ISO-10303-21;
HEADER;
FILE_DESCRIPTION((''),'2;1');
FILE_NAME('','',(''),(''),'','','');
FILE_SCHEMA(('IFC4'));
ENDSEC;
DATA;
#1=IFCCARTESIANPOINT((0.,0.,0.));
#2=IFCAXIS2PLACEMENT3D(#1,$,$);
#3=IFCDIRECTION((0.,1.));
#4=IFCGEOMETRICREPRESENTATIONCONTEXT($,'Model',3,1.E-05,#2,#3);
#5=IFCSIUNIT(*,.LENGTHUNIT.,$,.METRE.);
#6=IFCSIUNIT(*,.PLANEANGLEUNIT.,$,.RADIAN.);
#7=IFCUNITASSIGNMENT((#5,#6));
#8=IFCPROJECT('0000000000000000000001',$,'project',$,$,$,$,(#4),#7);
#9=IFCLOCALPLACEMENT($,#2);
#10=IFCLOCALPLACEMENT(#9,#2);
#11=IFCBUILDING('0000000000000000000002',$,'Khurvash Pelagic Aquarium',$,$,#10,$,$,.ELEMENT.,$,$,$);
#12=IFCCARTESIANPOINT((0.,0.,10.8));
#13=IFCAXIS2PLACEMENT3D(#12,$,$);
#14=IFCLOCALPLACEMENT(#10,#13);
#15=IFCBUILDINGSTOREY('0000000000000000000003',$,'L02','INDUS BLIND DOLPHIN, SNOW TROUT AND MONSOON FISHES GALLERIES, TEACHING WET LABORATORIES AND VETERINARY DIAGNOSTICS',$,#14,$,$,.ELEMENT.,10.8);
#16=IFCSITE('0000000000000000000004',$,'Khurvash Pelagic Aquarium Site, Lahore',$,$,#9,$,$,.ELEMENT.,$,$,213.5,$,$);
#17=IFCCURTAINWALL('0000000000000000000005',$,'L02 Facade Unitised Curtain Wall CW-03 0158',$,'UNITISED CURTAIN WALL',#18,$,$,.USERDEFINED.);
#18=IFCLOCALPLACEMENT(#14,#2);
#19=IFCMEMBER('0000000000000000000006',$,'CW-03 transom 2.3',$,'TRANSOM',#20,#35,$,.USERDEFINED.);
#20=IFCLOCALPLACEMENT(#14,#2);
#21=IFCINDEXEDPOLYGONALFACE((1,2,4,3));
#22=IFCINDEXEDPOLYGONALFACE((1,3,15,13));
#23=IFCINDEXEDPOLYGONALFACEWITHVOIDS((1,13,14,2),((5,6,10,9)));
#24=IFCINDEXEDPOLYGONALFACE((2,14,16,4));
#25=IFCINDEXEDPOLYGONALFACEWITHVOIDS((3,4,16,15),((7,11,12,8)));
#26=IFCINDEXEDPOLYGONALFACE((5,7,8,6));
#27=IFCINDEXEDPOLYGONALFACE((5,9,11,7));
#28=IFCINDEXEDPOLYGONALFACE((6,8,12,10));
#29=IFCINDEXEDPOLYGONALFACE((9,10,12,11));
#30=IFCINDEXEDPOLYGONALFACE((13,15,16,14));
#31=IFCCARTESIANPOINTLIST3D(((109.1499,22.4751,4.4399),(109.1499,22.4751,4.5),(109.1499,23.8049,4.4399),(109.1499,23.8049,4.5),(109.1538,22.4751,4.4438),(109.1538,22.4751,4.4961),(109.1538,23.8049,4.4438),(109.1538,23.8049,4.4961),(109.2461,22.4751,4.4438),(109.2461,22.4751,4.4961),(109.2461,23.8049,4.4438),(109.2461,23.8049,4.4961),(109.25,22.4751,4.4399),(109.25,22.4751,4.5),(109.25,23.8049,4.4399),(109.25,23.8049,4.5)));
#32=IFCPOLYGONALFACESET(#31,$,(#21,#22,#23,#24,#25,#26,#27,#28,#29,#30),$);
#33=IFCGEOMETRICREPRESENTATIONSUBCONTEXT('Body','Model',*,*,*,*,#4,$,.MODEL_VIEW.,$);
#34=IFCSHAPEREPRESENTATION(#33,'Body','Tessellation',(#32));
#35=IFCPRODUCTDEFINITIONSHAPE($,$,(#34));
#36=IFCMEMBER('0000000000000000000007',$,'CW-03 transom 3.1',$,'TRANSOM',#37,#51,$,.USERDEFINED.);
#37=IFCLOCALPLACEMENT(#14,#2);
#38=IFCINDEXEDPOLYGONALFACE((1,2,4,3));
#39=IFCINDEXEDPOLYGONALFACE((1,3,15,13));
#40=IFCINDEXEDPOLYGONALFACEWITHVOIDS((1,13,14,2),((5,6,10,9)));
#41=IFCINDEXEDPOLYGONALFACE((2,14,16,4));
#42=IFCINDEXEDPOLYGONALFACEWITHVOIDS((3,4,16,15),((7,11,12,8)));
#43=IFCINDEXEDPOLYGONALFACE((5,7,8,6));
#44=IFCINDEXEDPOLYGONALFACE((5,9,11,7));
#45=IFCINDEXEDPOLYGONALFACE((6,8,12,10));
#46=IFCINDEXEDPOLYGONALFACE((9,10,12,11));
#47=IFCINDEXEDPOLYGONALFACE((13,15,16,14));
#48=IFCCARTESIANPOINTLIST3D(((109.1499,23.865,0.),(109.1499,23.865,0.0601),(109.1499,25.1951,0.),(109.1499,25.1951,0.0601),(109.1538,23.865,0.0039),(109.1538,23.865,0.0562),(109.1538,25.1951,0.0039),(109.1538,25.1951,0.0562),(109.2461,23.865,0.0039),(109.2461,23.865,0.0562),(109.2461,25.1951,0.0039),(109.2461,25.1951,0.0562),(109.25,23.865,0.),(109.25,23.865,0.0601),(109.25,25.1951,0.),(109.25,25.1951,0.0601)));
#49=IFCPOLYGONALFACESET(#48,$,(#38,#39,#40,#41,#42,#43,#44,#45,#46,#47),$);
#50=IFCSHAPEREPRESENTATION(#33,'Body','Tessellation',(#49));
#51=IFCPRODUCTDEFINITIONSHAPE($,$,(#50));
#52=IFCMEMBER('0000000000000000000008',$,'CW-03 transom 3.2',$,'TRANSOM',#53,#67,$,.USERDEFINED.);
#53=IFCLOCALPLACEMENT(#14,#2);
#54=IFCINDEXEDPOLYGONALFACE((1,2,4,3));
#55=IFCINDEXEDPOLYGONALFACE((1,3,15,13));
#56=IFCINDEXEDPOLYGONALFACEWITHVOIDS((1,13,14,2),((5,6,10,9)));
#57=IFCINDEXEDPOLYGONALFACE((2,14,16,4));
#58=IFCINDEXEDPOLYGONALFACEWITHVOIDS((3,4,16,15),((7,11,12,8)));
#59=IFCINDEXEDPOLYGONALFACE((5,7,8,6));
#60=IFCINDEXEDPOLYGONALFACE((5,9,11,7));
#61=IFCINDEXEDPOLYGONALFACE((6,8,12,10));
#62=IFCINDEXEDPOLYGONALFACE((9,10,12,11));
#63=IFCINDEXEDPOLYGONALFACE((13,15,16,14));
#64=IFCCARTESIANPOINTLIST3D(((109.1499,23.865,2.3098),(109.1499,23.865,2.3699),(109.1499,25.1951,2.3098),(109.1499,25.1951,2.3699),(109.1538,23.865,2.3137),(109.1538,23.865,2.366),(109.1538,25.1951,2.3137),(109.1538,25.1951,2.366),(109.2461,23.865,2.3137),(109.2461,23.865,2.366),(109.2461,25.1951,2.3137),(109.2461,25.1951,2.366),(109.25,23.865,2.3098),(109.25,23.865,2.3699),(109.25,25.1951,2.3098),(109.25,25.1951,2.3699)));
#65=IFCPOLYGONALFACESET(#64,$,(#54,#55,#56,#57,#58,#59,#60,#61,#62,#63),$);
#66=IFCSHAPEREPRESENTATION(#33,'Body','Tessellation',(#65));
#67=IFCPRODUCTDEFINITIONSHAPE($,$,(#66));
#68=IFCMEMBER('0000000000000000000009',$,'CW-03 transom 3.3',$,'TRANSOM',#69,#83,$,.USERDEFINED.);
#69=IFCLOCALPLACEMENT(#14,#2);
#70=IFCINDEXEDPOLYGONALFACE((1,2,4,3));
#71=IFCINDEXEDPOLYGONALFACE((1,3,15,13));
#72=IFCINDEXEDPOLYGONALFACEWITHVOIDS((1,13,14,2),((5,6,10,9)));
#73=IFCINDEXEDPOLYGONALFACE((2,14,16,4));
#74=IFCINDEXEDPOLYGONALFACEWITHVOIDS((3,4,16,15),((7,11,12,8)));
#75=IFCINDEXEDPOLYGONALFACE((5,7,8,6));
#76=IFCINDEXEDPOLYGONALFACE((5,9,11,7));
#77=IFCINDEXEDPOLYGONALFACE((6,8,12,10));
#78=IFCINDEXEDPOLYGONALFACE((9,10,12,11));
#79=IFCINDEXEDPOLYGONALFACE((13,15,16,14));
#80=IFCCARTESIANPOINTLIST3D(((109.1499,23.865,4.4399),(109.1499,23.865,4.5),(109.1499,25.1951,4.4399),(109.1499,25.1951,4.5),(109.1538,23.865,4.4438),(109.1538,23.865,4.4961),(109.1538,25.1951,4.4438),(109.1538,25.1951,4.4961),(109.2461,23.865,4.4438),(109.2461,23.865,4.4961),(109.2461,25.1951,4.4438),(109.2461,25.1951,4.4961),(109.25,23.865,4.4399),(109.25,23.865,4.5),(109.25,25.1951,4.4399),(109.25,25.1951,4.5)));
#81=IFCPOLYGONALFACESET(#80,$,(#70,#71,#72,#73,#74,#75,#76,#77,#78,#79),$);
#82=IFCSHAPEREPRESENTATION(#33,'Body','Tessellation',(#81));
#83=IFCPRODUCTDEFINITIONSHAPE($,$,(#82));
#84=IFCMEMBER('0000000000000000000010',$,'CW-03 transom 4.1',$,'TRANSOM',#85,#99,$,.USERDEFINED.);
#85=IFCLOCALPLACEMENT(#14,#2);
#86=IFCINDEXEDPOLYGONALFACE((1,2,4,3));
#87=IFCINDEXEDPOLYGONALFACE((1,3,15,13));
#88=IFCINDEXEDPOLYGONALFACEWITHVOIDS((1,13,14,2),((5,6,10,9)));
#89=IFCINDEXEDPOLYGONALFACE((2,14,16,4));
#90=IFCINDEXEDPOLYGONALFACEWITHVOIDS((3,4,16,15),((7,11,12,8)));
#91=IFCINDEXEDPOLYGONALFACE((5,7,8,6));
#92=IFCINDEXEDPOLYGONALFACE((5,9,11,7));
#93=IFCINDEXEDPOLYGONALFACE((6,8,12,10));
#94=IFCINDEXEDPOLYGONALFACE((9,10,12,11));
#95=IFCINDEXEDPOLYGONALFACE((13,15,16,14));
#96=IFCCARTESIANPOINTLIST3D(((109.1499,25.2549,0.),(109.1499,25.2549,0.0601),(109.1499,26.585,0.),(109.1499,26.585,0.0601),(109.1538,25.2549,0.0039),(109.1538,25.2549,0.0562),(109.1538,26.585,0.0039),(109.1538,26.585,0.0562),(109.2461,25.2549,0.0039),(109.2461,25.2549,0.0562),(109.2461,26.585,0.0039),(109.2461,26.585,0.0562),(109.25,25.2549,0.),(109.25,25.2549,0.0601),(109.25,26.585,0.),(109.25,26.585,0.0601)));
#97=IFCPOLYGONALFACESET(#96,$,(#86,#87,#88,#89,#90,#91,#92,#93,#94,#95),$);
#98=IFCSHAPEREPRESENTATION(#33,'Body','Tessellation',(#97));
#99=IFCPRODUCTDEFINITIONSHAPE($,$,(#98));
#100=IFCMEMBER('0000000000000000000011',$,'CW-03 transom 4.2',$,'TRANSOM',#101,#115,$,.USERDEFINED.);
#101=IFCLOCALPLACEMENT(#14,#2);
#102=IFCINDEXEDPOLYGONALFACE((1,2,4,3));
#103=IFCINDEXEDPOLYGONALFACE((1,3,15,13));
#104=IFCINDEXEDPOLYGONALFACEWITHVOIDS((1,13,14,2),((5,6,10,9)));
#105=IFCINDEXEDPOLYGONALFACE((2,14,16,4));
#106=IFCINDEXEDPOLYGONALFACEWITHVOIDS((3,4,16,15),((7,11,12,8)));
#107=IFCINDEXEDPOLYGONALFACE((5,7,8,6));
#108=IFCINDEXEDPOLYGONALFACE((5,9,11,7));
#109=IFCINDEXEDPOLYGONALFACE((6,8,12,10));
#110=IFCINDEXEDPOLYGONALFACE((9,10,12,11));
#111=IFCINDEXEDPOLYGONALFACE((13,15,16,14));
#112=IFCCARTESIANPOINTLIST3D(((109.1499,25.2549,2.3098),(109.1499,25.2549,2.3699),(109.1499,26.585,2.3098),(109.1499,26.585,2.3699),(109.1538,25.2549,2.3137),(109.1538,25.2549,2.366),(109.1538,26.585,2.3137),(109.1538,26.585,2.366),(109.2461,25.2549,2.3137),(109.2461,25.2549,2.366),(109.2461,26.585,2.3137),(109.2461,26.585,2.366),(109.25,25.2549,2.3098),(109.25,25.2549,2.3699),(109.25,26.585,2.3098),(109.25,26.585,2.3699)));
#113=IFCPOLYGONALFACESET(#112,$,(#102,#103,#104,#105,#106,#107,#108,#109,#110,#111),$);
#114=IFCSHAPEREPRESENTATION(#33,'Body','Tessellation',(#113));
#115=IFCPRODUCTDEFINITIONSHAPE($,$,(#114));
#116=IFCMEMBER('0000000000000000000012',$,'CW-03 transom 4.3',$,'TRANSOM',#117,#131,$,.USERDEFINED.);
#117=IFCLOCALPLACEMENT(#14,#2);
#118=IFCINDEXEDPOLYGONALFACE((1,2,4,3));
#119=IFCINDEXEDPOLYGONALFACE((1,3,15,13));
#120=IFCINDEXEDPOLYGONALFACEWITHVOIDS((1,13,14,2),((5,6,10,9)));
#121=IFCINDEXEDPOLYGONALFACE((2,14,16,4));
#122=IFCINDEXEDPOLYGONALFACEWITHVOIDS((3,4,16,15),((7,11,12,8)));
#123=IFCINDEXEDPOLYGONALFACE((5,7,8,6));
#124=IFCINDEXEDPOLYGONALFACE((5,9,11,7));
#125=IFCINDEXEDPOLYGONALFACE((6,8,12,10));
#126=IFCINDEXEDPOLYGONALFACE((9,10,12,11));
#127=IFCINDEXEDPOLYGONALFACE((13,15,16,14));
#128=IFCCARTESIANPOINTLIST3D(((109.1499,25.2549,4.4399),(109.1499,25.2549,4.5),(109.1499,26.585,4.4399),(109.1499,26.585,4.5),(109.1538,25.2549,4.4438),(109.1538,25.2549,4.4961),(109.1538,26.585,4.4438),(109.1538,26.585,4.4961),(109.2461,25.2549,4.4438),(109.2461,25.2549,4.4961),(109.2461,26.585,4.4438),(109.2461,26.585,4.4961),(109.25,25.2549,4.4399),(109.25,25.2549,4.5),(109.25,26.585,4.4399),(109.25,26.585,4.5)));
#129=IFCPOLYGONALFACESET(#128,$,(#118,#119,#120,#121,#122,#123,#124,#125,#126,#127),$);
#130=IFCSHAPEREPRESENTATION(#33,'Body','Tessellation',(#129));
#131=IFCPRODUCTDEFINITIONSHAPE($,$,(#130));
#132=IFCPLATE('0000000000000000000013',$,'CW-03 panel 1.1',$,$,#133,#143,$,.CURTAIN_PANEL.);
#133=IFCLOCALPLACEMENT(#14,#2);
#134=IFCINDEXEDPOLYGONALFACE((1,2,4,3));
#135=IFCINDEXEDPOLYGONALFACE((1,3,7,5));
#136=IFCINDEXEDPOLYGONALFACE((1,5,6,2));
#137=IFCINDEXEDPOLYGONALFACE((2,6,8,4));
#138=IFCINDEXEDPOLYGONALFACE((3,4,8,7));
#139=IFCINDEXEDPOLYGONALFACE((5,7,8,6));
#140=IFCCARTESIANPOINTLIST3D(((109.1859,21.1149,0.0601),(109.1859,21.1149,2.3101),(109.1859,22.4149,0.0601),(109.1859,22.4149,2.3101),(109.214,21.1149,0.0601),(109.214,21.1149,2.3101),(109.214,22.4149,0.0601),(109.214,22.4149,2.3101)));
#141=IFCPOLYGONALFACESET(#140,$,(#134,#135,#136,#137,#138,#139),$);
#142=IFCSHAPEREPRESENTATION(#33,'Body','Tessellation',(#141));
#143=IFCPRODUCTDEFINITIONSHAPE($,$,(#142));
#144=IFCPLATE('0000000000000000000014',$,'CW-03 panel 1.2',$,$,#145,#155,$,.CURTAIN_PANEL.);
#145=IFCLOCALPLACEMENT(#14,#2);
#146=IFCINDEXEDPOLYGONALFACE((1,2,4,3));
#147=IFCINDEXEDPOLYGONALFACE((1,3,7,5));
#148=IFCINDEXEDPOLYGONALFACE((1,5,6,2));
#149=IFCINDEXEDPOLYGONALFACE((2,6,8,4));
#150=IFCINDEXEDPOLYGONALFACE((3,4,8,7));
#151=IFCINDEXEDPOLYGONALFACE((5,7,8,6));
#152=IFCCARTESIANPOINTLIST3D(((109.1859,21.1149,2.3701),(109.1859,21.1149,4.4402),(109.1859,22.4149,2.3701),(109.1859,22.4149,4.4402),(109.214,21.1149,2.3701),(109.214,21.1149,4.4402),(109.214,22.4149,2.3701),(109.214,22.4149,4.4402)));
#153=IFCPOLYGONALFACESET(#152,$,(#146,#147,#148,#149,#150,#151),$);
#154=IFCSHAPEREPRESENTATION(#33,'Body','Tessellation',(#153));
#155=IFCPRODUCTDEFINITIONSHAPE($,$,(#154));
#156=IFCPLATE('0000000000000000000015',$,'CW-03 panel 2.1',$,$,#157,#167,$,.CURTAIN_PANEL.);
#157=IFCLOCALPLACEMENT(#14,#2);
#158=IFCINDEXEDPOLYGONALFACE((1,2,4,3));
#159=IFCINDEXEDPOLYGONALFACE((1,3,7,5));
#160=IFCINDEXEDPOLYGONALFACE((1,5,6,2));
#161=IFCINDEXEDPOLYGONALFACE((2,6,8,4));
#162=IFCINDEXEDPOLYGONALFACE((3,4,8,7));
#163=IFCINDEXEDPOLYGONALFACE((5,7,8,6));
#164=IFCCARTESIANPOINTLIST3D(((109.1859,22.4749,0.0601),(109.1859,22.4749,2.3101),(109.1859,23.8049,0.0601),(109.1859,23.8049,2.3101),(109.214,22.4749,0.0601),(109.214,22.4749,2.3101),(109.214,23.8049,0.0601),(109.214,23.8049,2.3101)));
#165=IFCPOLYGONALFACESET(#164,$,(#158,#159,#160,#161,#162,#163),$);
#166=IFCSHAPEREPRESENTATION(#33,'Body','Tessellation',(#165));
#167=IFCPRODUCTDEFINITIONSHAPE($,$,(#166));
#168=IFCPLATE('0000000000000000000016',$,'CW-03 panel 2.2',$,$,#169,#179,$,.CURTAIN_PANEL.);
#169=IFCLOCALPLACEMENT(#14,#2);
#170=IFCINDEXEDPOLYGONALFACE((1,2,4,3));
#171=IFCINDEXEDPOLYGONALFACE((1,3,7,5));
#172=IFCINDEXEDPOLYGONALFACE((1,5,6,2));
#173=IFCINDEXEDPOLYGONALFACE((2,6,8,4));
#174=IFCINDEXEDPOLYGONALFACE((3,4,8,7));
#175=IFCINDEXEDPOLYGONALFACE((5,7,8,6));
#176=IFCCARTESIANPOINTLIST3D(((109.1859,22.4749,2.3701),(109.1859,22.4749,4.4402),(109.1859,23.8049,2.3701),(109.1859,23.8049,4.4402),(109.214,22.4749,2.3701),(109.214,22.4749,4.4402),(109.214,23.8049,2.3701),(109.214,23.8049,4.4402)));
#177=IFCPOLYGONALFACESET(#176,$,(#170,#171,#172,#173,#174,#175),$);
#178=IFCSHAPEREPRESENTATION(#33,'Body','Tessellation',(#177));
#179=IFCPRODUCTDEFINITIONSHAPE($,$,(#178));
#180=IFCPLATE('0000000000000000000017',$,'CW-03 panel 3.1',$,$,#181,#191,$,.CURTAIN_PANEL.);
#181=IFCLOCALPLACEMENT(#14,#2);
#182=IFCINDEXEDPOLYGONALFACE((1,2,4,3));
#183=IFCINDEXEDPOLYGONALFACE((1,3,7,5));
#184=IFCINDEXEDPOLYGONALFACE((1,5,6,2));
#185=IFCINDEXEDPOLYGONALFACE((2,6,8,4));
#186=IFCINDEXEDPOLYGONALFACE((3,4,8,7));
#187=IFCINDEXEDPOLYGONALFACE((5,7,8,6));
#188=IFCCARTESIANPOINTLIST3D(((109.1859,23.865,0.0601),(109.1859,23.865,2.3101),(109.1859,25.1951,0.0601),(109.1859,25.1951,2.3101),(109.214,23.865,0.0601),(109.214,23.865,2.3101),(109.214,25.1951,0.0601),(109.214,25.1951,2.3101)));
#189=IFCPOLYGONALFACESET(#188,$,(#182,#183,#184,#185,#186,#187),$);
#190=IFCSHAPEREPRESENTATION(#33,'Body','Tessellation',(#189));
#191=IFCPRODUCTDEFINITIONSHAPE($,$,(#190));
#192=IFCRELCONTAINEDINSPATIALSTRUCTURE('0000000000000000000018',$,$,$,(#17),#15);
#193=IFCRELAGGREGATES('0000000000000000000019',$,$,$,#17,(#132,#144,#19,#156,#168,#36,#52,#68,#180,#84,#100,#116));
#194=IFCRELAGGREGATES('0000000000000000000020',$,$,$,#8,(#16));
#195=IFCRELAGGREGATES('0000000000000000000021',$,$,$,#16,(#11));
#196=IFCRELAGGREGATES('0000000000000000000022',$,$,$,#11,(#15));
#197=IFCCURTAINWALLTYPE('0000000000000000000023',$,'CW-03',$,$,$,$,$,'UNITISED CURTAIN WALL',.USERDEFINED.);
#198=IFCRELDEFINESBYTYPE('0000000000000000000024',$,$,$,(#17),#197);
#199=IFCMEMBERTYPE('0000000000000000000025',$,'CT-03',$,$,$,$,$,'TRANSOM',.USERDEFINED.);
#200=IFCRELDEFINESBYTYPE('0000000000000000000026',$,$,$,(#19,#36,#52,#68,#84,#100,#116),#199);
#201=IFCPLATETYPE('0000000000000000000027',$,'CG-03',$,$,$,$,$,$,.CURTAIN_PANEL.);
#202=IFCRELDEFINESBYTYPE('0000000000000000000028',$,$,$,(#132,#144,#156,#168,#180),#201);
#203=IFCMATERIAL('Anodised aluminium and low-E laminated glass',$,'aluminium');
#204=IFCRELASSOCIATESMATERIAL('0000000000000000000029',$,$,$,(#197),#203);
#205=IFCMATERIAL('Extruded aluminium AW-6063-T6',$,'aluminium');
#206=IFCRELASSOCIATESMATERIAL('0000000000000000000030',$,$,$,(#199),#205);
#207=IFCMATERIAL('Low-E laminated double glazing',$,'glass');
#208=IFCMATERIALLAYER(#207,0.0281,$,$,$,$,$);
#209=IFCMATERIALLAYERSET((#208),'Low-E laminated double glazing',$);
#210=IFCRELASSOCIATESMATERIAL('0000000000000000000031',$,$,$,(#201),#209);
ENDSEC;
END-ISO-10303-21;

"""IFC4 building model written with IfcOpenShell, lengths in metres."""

from ifc_helpers import new_model, si_unit, direction, frame, origin, origin_2d, place, context, subcontext, project, spatial, rectangle, hollow_rectangle, extrude, material, layer, layer_set, material_profile, profile_set, type_object, element, aggregate, save


model = new_model("IFC4")

# Units and contexts
model_context = context("Model", 3, precision=1e-05, world=origin(), true_north=direction((0.0, 1.0)))
body_context = subcontext(model_context, "Body", "Model", "MODEL_VIEW")
ifc_project = project(units=[si_unit("LENGTHUNIT", "METRE"), si_unit("PLANEANGLEUNIT", "RADIAN")], contexts=[model_context])

# Site, building, storey
site_placement = place(None, origin())
site = spatial("IfcSite", under=ifc_project, at=site_placement, Name="Khurvash Pelagic Aquarium Site, Lahore", CompositionType="ELEMENT", RefElevation=213.5)
building_placement = place(site_placement, origin())
building = spatial("IfcBuilding", under=site, at=building_placement, Name="Khurvash Pelagic Aquarium", CompositionType="ELEMENT")
storey_placement = place(building_placement, frame((0.0, 0.0, 10.8)))
storey = spatial("IfcBuildingStorey", under=building, at=storey_placement, Name="L02", Description="INDUS BLIND DOLPHIN, SNOW TROUT AND MONSOON FISHES GALLERIES, TEACHING WET LABORATORIES AND VETERINARY DIAGNOSTICS", CompositionType="ELEMENT", Elevation=10.8)

# Curtain wall, members, plates
ifc_material_1 = material(Name="Anodised aluminium and low-E laminated glass", Category="aluminium")
curtain_wall_type = type_object("IfcCurtainWallType", Name="CW-03", ElementType="UNITISED CURTAIN WALL", PredefinedType="USERDEFINED", material=ifc_material_1)
curtain_wall_placement = place(storey_placement, origin())
curtain_wall = element("IfcCurtainWall", 1, at=curtain_wall_placement, inside=storey, type_object=curtain_wall_type, Name="L02 Facade Unitised Curtain Wall CW-03 0158", ObjectType="UNITISED CURTAIN WALL", PredefinedType="USERDEFINED")
ifc_material_2 = material(Name="Extruded aluminium AW-6063-T6", Category="aluminium")
ifc_material_profile_1 = material_profile(ifc_material_2, hollow_rectangle(XDim=0.1001, YDim=0.0601, WallThickness=0.0039, at=origin_2d()), Name="CWT100X60X4")
ifc_profile_set_1 = profile_set([ifc_material_profile_1], Name="Extruded aluminium AW-6063-T6")
member_type_1 = type_object("IfcMemberType", Name="CT-03", ElementType="TRANSOM", PredefinedType="USERDEFINED", material=ifc_profile_set_1)
member_1_placement = place(storey_placement, frame((109.2, 22.4751, 4.47), z_axis=(0.0, 1.0, 0.0), x_axis=(-1.0, 0.0, 0.0)))
member_1 = element("IfcMember", 2, at=member_1_placement, type_object=member_type_1, Name="CW-03 transom 2.3", ObjectType="TRANSOM", PredefinedType="USERDEFINED", context=body_context, shape_type="SweptSolid", body=[
    extrude(hollow_rectangle(XDim=0.1001, YDim=0.0601, WallThickness=0.0039, at=origin_2d()), origin(), (0.0, 0.0, 1.0), 1.3298),
])
member_2_placement = place(storey_placement, frame((109.2, 23.865, 0.03), z_axis=(0.0, 1.0, 0.0), x_axis=(-1.0, 0.0, 0.0)))
member_2 = element("IfcMember", 3, at=member_2_placement, type_object=member_type_1, Name="CW-03 transom 3.1", ObjectType="TRANSOM", PredefinedType="USERDEFINED", context=body_context, shape_type="SweptSolid", body=[
    extrude(hollow_rectangle(XDim=0.1001, YDim=0.0601, WallThickness=0.0039, at=origin_2d()), origin(), (0.0, 0.0, 1.0), 1.3301),
])
member_3_placement = place(storey_placement, frame((109.2, 23.865, 2.3398), z_axis=(0.0, 1.0, 0.0), x_axis=(-1.0, 0.0, 0.0)))
member_3 = element("IfcMember", 4, at=member_3_placement, type_object=member_type_1, Name="CW-03 transom 3.2", ObjectType="TRANSOM", PredefinedType="USERDEFINED", context=body_context, shape_type="SweptSolid", body=[
    extrude(hollow_rectangle(XDim=0.1001, YDim=0.0601, WallThickness=0.0039, at=origin_2d()), origin(), (0.0, 0.0, 1.0), 1.3301),
])
member_4_placement = place(storey_placement, frame((109.2, 23.865, 4.47), z_axis=(0.0, 1.0, 0.0), x_axis=(-1.0, 0.0, 0.0)))
member_4 = element("IfcMember", 5, at=member_4_placement, type_object=member_type_1, Name="CW-03 transom 3.3", ObjectType="TRANSOM", PredefinedType="USERDEFINED", context=body_context, shape_type="SweptSolid", body=[
    extrude(hollow_rectangle(XDim=0.1001, YDim=0.0601, WallThickness=0.0039, at=origin_2d()), origin(), (0.0, 0.0, 1.0), 1.3301),
])
member_5_placement = place(storey_placement, frame((109.2, 25.2549, 0.03), z_axis=(0.0, 1.0, 0.0), x_axis=(-1.0, 0.0, 0.0)))
member_5 = element("IfcMember", 6, at=member_5_placement, type_object=member_type_1, Name="CW-03 transom 4.1", ObjectType="TRANSOM", PredefinedType="USERDEFINED", context=body_context, shape_type="SweptSolid", body=[
    extrude(hollow_rectangle(XDim=0.1001, YDim=0.0601, WallThickness=0.0039, at=origin_2d()), origin(), (0.0, 0.0, 1.0), 1.3301),
])
member_6_placement = place(storey_placement, frame((109.2, 25.2549, 2.3398), z_axis=(0.0, 1.0, 0.0), x_axis=(-1.0, 0.0, 0.0)))
member_6 = element("IfcMember", 7, at=member_6_placement, type_object=member_type_1, Name="CW-03 transom 4.2", ObjectType="TRANSOM", PredefinedType="USERDEFINED", context=body_context, shape_type="SweptSolid", body=[
    extrude(hollow_rectangle(XDim=0.1001, YDim=0.0601, WallThickness=0.0039, at=origin_2d()), origin(), (0.0, 0.0, 1.0), 1.3301),
])
member_7_placement = place(storey_placement, frame((109.2, 25.2549, 4.47), z_axis=(0.0, 1.0, 0.0), x_axis=(-1.0, 0.0, 0.0)))
member_7 = element("IfcMember", 8, at=member_7_placement, type_object=member_type_1, Name="CW-03 transom 4.3", ObjectType="TRANSOM", PredefinedType="USERDEFINED", context=body_context, shape_type="SweptSolid", body=[
    extrude(hollow_rectangle(XDim=0.1001, YDim=0.0601, WallThickness=0.0039, at=origin_2d()), origin(), (0.0, 0.0, 1.0), 1.3301),
])
ifc_material_3 = material(Name="Low-E laminated double glazing", Category="glass")
ifc_layer_1 = layer(ifc_material_3, 0.0281)
ifc_layer_set_1 = layer_set([ifc_layer_1], Name="Low-E laminated double glazing")
plate_type = type_object("IfcPlateType", Name="CG-03", PredefinedType="CURTAIN_PANEL", material=ifc_layer_set_1)
plate_1_placement = place(storey_placement, frame((109.2, 21.7649, 0.0601), z_axis=(0.0, 0.0, 1.0), x_axis=(0.0, 1.0, 0.0)))
plate_1 = element("IfcPlate", 9, at=plate_1_placement, type_object=plate_type, Name="CW-03 panel 1.1", PredefinedType="CURTAIN_PANEL", context=body_context, shape_type="SweptSolid", body=[
    extrude(rectangle(XDim=1.3, YDim=0.0281, at=origin_2d()), origin(), (0.0, 0.0, 1.0), 2.25),
])
plate_2_placement = place(storey_placement, frame((109.2, 21.7649, 2.3701), z_axis=(0.0, 0.0, 1.0), x_axis=(0.0, 1.0, 0.0)))
plate_2 = element("IfcPlate", 10, at=plate_2_placement, type_object=plate_type, Name="CW-03 panel 1.2", PredefinedType="CURTAIN_PANEL", context=body_context, shape_type="SweptSolid", body=[
    extrude(rectangle(XDim=1.3, YDim=0.0281, at=origin_2d()), origin(), (0.0, 0.0, 1.0), 2.0701),
])
plate_3_placement = place(storey_placement, frame((109.2, 23.1399, 0.0601), z_axis=(0.0, 0.0, 1.0), x_axis=(0.0, 1.0, 0.0)))
plate_3 = element("IfcPlate", 11, at=plate_3_placement, type_object=plate_type, Name="CW-03 panel 2.1", PredefinedType="CURTAIN_PANEL", context=body_context, shape_type="SweptSolid", body=[
    extrude(rectangle(XDim=1.3301, YDim=0.0281, at=origin_2d()), origin(), (0.0, 0.0, 1.0), 2.25),
])
plate_4_placement = place(storey_placement, frame((109.2, 23.1399, 2.3701), z_axis=(0.0, 0.0, 1.0), x_axis=(0.0, 1.0, 0.0)))
plate_4 = element("IfcPlate", 12, at=plate_4_placement, type_object=plate_type, Name="CW-03 panel 2.2", PredefinedType="CURTAIN_PANEL", context=body_context, shape_type="SweptSolid", body=[
    extrude(rectangle(XDim=1.3301, YDim=0.0281, at=origin_2d()), origin(), (0.0, 0.0, 1.0), 2.0701),
])
plate_5_placement = place(storey_placement, frame((109.2, 24.53, 0.0601), z_axis=(0.0, 0.0, 1.0), x_axis=(0.0, 1.0, 0.0)))
plate_5 = element("IfcPlate", 13, at=plate_5_placement, type_object=plate_type, Name="CW-03 panel 3.1", PredefinedType="CURTAIN_PANEL", context=body_context, shape_type="SweptSolid", body=[
    extrude(rectangle(XDim=1.3301, YDim=0.0281, at=origin_2d()), origin(), (0.0, 0.0, 1.0), 2.25),
])
aggregate(curtain_wall, [plate_1, plate_2, member_1, plate_3, plate_4, member_2, member_3, member_4, plate_5, member_5, member_6, member_7])

save(model, "model.ifc")
